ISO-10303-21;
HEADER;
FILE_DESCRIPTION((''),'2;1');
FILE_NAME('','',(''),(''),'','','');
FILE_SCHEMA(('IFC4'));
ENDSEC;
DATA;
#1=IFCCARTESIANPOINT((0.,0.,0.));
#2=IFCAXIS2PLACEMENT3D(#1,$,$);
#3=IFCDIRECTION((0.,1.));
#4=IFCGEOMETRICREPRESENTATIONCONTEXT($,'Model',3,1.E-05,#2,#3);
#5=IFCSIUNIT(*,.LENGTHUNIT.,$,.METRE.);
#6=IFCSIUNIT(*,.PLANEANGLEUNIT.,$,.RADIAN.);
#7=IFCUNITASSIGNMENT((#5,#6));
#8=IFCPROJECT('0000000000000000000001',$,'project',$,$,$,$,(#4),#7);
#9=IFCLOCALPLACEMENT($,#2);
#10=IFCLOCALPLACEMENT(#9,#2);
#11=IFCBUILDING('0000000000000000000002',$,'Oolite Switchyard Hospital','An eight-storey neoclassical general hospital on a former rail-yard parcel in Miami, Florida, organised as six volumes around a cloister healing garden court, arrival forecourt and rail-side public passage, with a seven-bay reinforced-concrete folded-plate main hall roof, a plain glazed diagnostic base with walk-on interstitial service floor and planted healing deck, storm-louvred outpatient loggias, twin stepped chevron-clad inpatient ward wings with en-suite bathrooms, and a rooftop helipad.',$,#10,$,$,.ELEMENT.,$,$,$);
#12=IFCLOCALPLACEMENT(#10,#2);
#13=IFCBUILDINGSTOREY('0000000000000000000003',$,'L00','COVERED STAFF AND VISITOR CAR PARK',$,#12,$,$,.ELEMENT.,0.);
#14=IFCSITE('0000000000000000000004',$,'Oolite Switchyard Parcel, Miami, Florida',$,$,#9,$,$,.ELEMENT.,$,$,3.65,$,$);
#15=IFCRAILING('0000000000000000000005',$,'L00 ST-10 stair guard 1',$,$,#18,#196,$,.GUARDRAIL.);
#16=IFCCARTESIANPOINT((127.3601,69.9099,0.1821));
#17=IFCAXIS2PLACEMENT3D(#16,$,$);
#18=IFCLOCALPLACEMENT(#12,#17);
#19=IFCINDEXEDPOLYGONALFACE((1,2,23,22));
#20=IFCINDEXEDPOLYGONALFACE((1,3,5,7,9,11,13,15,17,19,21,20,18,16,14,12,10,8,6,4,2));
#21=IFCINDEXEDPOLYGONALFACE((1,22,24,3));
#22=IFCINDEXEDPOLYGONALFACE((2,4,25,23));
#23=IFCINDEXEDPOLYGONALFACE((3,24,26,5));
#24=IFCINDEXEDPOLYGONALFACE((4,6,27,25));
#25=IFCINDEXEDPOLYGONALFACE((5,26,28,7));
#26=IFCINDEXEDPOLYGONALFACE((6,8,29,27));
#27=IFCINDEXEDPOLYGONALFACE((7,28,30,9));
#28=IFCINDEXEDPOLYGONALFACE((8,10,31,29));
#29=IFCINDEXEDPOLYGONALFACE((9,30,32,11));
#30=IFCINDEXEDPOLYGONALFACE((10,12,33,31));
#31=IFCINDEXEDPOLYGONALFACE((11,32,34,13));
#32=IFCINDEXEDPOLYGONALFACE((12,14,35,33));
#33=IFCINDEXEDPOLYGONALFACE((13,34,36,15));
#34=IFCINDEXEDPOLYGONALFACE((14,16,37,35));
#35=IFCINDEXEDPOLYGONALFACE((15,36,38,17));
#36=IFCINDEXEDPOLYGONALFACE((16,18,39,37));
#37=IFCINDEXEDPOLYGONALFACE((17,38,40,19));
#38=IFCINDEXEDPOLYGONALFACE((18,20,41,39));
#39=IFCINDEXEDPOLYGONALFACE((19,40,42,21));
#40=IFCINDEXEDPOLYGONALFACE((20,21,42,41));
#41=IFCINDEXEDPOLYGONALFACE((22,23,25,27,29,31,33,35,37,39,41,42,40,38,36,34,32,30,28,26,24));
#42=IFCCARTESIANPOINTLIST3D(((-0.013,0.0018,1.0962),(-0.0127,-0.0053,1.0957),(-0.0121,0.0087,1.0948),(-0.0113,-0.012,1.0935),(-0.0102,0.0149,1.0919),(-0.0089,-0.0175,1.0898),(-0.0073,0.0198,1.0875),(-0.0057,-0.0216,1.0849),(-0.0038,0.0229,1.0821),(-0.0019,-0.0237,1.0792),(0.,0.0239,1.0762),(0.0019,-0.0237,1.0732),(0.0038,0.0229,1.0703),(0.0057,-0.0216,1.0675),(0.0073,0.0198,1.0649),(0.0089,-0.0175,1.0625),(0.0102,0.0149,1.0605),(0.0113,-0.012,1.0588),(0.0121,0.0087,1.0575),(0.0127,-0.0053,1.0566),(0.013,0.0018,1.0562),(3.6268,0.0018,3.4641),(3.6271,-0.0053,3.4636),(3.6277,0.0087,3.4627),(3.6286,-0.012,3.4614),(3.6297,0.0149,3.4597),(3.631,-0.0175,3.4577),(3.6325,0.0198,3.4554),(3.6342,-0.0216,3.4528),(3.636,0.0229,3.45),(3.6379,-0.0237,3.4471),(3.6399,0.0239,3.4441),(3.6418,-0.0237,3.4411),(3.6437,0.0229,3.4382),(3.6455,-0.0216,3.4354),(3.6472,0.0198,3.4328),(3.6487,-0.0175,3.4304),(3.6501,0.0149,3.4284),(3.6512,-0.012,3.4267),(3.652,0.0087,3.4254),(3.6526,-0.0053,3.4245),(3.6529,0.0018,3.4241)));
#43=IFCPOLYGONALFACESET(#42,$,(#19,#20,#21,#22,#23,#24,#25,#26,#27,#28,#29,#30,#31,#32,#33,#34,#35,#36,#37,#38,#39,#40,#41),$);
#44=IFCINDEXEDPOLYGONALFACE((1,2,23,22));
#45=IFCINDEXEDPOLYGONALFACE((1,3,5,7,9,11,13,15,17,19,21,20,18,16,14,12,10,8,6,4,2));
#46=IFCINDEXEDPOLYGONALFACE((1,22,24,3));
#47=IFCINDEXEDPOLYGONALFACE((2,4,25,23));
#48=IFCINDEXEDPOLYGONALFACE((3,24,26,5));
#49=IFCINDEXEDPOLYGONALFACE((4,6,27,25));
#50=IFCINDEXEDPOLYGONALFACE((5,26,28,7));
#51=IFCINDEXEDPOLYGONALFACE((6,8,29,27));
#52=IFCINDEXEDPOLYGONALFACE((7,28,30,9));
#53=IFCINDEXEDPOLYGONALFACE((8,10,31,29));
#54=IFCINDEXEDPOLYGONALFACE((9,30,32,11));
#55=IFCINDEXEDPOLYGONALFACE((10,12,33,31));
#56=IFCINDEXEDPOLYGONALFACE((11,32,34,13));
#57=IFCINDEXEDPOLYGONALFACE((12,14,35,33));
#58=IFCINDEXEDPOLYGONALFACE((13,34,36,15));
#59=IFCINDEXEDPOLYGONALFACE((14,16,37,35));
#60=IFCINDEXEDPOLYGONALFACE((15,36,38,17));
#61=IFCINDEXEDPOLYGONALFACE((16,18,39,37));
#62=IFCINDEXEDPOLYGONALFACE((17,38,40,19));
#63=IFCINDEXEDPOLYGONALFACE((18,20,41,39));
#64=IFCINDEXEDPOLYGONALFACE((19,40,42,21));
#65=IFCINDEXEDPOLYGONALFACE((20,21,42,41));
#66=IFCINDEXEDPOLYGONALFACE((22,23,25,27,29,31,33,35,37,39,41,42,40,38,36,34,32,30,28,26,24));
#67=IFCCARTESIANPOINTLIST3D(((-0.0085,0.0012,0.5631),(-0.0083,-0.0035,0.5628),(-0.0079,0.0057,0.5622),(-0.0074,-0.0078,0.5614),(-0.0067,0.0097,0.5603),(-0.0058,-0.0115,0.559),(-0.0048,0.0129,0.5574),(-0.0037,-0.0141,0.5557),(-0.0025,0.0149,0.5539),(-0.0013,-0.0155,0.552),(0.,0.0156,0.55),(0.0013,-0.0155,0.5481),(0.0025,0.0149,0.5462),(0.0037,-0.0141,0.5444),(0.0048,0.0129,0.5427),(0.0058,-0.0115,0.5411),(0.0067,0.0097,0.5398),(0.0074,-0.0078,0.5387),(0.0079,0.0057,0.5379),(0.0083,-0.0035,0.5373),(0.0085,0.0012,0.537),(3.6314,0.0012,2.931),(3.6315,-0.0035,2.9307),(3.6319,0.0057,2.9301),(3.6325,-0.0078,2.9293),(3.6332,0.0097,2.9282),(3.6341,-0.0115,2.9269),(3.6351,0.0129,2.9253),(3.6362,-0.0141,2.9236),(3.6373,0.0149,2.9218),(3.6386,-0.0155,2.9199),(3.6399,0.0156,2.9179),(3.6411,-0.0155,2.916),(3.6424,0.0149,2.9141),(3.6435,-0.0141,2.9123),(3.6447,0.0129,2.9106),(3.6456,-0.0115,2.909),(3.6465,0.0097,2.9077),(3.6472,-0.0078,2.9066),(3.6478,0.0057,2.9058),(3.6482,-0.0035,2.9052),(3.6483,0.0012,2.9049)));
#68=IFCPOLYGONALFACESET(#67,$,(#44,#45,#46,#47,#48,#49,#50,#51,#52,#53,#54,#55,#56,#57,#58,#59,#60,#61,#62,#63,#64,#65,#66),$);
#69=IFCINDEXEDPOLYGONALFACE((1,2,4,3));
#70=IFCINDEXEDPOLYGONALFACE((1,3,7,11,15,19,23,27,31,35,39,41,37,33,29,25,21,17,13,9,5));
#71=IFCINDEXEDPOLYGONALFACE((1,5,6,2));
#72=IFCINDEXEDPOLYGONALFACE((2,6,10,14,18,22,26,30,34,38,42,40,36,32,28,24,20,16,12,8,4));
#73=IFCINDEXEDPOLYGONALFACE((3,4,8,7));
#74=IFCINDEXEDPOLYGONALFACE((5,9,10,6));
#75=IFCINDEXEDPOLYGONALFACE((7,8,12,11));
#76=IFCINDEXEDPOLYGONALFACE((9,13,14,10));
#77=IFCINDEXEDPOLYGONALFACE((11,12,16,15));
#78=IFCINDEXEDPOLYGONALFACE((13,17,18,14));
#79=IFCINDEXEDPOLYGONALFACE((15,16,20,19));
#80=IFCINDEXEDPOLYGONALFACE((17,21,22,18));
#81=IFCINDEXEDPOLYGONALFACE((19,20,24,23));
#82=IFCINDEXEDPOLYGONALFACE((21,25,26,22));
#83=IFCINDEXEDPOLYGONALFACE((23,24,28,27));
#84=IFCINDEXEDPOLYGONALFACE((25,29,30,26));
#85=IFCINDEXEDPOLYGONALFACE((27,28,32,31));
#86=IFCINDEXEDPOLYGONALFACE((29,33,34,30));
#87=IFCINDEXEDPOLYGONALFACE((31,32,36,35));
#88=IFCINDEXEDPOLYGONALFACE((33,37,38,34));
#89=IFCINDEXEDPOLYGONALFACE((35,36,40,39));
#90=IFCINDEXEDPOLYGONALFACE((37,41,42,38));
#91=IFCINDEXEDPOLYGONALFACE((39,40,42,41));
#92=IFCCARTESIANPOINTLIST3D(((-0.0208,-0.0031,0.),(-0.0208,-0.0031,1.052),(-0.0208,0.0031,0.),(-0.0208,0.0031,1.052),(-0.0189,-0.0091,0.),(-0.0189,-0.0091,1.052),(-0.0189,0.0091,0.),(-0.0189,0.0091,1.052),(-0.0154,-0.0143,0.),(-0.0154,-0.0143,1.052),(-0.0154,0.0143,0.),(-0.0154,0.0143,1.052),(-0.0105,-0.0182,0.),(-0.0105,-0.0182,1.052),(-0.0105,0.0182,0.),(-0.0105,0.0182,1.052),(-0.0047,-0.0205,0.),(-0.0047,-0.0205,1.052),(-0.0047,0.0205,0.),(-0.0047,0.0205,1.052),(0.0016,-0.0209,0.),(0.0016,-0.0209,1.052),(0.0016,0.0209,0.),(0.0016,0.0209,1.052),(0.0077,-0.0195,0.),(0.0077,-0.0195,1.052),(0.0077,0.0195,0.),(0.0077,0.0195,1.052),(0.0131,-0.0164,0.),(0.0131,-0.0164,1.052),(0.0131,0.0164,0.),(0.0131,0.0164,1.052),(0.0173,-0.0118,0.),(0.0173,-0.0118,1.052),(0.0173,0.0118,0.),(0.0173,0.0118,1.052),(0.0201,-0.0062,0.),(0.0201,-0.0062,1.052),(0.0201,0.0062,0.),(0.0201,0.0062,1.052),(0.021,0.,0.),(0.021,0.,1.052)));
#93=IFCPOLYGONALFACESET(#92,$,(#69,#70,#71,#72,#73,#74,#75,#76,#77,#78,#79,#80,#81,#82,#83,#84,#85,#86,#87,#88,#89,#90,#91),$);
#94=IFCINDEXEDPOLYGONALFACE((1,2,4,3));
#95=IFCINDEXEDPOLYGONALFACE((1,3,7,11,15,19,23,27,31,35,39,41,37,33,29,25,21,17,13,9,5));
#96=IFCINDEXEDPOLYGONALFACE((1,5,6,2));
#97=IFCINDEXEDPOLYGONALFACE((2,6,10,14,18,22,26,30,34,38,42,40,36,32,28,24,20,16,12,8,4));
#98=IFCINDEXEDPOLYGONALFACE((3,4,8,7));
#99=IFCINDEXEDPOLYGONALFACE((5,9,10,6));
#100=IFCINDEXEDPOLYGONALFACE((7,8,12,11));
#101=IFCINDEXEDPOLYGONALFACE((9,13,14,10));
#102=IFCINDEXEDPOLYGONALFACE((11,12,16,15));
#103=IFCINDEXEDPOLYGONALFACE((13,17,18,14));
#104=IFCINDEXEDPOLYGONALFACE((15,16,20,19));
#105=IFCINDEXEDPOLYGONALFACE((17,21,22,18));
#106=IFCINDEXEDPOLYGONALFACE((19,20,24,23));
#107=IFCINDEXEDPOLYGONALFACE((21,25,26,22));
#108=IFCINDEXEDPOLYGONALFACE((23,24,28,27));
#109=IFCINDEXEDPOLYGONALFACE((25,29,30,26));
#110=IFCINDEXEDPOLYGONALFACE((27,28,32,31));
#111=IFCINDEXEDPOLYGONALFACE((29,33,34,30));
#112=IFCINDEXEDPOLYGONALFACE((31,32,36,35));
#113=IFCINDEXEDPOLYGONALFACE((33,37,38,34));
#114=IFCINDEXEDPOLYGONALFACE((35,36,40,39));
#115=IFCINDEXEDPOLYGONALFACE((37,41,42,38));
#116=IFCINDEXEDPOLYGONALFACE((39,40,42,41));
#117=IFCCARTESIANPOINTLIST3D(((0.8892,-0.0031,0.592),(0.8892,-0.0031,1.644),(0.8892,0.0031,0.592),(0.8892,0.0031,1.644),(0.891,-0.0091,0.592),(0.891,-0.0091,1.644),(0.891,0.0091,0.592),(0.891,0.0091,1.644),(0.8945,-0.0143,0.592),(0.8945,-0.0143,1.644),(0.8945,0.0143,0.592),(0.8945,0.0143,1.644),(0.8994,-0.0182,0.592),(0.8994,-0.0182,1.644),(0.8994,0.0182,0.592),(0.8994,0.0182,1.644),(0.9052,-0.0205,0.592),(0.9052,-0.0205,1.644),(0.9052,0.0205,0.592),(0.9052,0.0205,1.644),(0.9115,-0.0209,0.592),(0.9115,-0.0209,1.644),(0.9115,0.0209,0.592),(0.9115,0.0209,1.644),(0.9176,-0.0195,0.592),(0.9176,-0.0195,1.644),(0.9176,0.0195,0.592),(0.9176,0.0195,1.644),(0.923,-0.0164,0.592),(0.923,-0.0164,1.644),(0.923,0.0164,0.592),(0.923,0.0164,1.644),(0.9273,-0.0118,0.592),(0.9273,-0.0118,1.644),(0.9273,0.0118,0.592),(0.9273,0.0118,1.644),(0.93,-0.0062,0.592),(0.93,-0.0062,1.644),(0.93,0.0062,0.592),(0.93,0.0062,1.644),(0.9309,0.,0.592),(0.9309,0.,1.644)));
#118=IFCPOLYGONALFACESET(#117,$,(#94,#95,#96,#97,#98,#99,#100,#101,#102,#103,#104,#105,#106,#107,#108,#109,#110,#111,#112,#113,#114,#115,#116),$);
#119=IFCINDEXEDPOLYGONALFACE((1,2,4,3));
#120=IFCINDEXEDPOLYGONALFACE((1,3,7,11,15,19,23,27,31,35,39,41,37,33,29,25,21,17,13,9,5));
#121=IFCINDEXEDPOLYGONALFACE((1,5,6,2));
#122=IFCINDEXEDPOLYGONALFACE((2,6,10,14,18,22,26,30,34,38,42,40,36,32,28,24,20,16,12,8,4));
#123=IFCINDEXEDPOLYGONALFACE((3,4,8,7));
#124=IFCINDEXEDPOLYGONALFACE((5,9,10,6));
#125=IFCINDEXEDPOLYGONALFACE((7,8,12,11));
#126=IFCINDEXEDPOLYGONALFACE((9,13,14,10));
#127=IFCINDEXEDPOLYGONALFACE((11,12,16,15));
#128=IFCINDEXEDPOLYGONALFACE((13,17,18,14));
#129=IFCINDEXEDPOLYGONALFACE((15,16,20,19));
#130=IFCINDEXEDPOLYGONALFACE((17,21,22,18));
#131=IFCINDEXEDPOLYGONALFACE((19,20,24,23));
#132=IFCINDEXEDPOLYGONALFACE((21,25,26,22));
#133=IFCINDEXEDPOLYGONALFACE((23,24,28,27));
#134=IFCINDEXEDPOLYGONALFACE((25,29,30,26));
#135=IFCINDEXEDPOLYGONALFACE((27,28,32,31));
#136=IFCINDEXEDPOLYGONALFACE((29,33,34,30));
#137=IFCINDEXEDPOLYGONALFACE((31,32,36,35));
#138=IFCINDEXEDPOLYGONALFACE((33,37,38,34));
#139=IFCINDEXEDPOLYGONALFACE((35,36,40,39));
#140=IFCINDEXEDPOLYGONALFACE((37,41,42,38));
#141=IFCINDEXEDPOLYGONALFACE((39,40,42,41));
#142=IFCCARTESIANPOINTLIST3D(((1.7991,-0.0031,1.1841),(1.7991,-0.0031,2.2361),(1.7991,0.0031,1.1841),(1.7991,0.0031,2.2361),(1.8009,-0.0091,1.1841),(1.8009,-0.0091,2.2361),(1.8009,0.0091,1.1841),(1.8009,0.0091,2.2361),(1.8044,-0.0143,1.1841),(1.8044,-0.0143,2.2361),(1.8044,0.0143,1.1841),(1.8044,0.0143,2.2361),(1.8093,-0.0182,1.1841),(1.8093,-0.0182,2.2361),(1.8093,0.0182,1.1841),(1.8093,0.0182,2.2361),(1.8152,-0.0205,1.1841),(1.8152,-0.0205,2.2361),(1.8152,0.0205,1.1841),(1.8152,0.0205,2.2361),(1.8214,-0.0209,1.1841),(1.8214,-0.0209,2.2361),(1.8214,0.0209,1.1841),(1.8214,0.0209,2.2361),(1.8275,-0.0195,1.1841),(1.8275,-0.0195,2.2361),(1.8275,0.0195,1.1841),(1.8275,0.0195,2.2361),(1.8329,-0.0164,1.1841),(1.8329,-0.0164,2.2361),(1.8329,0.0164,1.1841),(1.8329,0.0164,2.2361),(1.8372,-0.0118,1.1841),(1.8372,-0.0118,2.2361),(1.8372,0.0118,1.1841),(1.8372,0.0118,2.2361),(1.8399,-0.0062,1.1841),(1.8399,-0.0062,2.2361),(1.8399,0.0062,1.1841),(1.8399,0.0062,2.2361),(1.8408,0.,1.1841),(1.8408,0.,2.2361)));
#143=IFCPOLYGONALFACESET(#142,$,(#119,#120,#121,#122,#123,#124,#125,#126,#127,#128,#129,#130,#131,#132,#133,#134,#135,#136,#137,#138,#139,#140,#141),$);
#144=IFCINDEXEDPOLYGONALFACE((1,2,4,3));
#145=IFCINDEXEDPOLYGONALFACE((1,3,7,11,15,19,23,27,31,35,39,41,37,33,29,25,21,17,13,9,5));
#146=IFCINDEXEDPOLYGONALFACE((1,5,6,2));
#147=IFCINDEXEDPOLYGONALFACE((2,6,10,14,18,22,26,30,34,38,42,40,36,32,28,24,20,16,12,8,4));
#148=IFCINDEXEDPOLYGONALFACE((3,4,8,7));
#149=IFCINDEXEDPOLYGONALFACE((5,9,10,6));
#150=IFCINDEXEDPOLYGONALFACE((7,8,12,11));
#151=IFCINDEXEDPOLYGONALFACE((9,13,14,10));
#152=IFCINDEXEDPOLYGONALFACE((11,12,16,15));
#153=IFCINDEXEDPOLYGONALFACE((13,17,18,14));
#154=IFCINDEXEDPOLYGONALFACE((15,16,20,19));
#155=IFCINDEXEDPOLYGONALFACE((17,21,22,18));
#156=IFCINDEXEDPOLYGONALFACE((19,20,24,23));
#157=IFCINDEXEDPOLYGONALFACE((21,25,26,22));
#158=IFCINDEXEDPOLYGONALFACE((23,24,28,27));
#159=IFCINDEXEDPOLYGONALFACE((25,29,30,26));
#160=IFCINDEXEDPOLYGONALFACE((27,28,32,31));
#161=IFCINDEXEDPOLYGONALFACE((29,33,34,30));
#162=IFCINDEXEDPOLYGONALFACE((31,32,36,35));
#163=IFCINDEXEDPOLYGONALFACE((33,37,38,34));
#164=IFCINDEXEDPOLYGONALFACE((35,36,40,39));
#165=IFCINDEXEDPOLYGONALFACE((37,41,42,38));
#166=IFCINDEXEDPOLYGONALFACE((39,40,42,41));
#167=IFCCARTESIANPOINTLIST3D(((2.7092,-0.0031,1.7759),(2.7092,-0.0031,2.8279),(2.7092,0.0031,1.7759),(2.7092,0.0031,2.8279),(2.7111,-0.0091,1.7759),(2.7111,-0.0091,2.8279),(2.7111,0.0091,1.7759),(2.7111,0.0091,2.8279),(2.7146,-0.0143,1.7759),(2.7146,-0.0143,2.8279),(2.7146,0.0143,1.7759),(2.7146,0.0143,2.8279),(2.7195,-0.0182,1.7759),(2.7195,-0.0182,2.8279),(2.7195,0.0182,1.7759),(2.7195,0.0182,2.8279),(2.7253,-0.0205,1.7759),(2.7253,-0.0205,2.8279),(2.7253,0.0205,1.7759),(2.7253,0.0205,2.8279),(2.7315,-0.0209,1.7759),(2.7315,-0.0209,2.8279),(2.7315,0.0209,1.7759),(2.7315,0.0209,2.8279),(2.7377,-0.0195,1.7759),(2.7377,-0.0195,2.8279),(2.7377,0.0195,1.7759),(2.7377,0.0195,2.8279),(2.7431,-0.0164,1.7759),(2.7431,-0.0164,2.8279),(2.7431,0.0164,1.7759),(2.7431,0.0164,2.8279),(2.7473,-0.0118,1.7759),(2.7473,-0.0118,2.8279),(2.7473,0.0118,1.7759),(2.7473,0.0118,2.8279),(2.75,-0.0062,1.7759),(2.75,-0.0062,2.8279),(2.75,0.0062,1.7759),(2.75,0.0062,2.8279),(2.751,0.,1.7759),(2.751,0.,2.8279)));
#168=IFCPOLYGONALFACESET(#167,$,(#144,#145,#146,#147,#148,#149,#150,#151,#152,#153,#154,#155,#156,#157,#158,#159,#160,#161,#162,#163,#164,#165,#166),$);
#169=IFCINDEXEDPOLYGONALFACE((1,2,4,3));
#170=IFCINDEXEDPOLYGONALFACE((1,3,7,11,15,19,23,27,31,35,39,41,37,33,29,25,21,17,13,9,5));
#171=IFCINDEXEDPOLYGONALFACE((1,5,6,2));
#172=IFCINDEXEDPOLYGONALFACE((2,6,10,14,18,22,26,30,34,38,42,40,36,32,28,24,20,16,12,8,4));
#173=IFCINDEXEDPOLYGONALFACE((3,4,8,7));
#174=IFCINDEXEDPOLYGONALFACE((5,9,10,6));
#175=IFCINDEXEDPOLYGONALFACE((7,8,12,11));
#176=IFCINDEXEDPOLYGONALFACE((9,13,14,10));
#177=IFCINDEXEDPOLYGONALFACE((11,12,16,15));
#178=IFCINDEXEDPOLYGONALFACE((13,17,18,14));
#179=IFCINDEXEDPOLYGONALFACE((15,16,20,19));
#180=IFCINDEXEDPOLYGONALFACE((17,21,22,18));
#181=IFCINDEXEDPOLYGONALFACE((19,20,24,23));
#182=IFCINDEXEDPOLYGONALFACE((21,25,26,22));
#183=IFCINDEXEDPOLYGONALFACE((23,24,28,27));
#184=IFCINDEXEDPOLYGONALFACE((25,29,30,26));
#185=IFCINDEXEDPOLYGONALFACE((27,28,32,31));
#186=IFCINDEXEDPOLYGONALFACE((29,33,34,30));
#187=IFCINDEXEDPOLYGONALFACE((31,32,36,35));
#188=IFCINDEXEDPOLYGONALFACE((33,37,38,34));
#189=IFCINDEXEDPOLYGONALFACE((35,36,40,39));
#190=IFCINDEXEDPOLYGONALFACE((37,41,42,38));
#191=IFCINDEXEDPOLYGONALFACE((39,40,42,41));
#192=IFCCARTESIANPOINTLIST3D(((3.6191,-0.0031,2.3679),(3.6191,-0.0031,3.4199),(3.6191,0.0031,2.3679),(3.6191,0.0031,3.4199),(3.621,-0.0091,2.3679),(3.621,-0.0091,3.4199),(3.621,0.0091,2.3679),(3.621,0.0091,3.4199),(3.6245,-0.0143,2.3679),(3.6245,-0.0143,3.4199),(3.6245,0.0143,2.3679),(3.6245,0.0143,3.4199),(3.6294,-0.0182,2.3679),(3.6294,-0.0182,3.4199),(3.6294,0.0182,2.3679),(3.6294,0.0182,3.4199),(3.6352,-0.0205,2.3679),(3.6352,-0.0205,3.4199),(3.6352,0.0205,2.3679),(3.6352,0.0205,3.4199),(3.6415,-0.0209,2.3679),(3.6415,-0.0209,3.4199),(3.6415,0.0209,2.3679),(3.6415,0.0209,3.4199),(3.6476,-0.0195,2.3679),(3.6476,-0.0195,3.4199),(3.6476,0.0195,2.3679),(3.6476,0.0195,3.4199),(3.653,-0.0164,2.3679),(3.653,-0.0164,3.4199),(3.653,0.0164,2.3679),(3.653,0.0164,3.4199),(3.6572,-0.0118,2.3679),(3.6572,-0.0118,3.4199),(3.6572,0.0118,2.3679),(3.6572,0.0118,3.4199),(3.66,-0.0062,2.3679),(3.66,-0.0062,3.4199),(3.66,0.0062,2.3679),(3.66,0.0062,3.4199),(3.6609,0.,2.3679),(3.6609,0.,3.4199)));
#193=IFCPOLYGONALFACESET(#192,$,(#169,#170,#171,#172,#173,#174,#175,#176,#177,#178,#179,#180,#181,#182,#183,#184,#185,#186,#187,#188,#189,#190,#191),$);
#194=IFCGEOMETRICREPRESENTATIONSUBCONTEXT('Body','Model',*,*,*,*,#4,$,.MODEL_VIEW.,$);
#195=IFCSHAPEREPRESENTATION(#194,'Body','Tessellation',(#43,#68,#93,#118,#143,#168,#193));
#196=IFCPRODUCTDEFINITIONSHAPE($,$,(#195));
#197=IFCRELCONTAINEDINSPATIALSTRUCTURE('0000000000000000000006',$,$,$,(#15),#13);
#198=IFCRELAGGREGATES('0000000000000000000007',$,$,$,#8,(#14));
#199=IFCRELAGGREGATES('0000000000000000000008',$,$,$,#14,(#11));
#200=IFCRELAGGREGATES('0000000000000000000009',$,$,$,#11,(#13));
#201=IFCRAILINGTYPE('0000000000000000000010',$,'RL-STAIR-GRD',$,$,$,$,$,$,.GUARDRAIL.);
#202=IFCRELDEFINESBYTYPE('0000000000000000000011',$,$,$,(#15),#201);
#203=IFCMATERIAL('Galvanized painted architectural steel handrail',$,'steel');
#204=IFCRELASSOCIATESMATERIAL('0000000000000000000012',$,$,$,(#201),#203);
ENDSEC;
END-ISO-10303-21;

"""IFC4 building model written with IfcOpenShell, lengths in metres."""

from ifc_helpers import new_model, si_unit, direction, frame, origin, origin_2d, place, context, subcontext, project, spatial, circle, extrude, material, type_object, element, save


model = new_model("IFC4")

# Units and contexts
model_context = context("Model", 3, precision=1e-05, world=origin(), true_north=direction((0.0, 1.0)))
body_context = subcontext(model_context, "Body", "Model", "MODEL_VIEW")
ifc_project = project(units=[si_unit("LENGTHUNIT", "METRE"), si_unit("PLANEANGLEUNIT", "RADIAN")], contexts=[model_context])

# Site, building, storey
site_placement = place(None, origin())
site = spatial("IfcSite", under=ifc_project, at=site_placement, Name="Oolite Switchyard Parcel, Miami, Florida", CompositionType="ELEMENT", RefElevation=3.65)
building_placement = place(site_placement, origin())
building = spatial("IfcBuilding", under=site, at=building_placement, Name="Oolite Switchyard Hospital", Description="An eight-storey neoclassical general hospital on a former rail-yard parcel in Miami, Florida, organised as six volumes around a cloister healing garden court, arrival forecourt and rail-side public passage, with a seven-bay reinforced-concrete folded-plate main hall roof, a plain glazed diagnostic base with walk-on interstitial service floor and planted healing deck, storm-louvred outpatient loggias, twin stepped chevron-clad inpatient ward wings with en-suite bathrooms, and a rooftop helipad.", CompositionType="ELEMENT")
storey_placement = place(building_placement, origin())
storey = spatial("IfcBuildingStorey", under=building, at=storey_placement, Name="L00", Description="COVERED STAFF AND VISITOR CAR PARK", CompositionType="ELEMENT", Elevation=0.0)

# Railing
ifc_material_1 = material(Name="Galvanized painted architectural steel handrail", Category="steel")
railing_type_1 = type_object("IfcRailingType", Name="RL-STAIR-GRD", PredefinedType="GUARDRAIL", material=ifc_material_1)
railing_1_placement = place(storey_placement, frame((127.3601, 69.9099, 0.1821)))
element("IfcRailing", 1, at=railing_1_placement, inside=storey, type_object=railing_type_1, Name="L00 ST-10 stair guard 1", PredefinedType="GUARDRAIL", context=body_context, shape_type="SweptSolid", body=[
    extrude(circle(Radius=0.0239, at=origin_2d()), frame((0.0, 0.0, 1.0762), z_axis=(0.838234, 0.0, 0.54531), x_axis=(0.0, 1.0, 0.0)), (0.0, 0.0, 1.0), 4.3423),
    extrude(circle(Radius=0.0156, at=origin_2d()), frame((0.0, 0.0, 0.55), z_axis=(0.838234, 0.0, 0.54531), x_axis=(0.0, 1.0, 0.0)), (0.0, 0.0, 1.0), 4.3423),
    extrude(circle(Radius=0.021, at=origin_2d()), origin(), (0.0, 0.0, 1.0), 1.052),
    extrude(circle(Radius=0.021, at=origin_2d()), frame((0.9099, 0.0, 0.592)), (0.0, 0.0, 1.0), 1.052),
    extrude(circle(Radius=0.021, at=origin_2d()), frame((1.8198, 0.0, 1.1841)), (0.0, 0.0, 1.0), 1.052),
    extrude(circle(Radius=0.021, at=origin_2d()), frame((2.73, 0.0, 1.7759)), (0.0, 0.0, 1.0), 1.052),
    extrude(circle(Radius=0.021, at=origin_2d()), frame((3.6399, 0.0, 2.3679)), (0.0, 0.0, 1.0), 1.052),
])

save(model, "model.ifc")
